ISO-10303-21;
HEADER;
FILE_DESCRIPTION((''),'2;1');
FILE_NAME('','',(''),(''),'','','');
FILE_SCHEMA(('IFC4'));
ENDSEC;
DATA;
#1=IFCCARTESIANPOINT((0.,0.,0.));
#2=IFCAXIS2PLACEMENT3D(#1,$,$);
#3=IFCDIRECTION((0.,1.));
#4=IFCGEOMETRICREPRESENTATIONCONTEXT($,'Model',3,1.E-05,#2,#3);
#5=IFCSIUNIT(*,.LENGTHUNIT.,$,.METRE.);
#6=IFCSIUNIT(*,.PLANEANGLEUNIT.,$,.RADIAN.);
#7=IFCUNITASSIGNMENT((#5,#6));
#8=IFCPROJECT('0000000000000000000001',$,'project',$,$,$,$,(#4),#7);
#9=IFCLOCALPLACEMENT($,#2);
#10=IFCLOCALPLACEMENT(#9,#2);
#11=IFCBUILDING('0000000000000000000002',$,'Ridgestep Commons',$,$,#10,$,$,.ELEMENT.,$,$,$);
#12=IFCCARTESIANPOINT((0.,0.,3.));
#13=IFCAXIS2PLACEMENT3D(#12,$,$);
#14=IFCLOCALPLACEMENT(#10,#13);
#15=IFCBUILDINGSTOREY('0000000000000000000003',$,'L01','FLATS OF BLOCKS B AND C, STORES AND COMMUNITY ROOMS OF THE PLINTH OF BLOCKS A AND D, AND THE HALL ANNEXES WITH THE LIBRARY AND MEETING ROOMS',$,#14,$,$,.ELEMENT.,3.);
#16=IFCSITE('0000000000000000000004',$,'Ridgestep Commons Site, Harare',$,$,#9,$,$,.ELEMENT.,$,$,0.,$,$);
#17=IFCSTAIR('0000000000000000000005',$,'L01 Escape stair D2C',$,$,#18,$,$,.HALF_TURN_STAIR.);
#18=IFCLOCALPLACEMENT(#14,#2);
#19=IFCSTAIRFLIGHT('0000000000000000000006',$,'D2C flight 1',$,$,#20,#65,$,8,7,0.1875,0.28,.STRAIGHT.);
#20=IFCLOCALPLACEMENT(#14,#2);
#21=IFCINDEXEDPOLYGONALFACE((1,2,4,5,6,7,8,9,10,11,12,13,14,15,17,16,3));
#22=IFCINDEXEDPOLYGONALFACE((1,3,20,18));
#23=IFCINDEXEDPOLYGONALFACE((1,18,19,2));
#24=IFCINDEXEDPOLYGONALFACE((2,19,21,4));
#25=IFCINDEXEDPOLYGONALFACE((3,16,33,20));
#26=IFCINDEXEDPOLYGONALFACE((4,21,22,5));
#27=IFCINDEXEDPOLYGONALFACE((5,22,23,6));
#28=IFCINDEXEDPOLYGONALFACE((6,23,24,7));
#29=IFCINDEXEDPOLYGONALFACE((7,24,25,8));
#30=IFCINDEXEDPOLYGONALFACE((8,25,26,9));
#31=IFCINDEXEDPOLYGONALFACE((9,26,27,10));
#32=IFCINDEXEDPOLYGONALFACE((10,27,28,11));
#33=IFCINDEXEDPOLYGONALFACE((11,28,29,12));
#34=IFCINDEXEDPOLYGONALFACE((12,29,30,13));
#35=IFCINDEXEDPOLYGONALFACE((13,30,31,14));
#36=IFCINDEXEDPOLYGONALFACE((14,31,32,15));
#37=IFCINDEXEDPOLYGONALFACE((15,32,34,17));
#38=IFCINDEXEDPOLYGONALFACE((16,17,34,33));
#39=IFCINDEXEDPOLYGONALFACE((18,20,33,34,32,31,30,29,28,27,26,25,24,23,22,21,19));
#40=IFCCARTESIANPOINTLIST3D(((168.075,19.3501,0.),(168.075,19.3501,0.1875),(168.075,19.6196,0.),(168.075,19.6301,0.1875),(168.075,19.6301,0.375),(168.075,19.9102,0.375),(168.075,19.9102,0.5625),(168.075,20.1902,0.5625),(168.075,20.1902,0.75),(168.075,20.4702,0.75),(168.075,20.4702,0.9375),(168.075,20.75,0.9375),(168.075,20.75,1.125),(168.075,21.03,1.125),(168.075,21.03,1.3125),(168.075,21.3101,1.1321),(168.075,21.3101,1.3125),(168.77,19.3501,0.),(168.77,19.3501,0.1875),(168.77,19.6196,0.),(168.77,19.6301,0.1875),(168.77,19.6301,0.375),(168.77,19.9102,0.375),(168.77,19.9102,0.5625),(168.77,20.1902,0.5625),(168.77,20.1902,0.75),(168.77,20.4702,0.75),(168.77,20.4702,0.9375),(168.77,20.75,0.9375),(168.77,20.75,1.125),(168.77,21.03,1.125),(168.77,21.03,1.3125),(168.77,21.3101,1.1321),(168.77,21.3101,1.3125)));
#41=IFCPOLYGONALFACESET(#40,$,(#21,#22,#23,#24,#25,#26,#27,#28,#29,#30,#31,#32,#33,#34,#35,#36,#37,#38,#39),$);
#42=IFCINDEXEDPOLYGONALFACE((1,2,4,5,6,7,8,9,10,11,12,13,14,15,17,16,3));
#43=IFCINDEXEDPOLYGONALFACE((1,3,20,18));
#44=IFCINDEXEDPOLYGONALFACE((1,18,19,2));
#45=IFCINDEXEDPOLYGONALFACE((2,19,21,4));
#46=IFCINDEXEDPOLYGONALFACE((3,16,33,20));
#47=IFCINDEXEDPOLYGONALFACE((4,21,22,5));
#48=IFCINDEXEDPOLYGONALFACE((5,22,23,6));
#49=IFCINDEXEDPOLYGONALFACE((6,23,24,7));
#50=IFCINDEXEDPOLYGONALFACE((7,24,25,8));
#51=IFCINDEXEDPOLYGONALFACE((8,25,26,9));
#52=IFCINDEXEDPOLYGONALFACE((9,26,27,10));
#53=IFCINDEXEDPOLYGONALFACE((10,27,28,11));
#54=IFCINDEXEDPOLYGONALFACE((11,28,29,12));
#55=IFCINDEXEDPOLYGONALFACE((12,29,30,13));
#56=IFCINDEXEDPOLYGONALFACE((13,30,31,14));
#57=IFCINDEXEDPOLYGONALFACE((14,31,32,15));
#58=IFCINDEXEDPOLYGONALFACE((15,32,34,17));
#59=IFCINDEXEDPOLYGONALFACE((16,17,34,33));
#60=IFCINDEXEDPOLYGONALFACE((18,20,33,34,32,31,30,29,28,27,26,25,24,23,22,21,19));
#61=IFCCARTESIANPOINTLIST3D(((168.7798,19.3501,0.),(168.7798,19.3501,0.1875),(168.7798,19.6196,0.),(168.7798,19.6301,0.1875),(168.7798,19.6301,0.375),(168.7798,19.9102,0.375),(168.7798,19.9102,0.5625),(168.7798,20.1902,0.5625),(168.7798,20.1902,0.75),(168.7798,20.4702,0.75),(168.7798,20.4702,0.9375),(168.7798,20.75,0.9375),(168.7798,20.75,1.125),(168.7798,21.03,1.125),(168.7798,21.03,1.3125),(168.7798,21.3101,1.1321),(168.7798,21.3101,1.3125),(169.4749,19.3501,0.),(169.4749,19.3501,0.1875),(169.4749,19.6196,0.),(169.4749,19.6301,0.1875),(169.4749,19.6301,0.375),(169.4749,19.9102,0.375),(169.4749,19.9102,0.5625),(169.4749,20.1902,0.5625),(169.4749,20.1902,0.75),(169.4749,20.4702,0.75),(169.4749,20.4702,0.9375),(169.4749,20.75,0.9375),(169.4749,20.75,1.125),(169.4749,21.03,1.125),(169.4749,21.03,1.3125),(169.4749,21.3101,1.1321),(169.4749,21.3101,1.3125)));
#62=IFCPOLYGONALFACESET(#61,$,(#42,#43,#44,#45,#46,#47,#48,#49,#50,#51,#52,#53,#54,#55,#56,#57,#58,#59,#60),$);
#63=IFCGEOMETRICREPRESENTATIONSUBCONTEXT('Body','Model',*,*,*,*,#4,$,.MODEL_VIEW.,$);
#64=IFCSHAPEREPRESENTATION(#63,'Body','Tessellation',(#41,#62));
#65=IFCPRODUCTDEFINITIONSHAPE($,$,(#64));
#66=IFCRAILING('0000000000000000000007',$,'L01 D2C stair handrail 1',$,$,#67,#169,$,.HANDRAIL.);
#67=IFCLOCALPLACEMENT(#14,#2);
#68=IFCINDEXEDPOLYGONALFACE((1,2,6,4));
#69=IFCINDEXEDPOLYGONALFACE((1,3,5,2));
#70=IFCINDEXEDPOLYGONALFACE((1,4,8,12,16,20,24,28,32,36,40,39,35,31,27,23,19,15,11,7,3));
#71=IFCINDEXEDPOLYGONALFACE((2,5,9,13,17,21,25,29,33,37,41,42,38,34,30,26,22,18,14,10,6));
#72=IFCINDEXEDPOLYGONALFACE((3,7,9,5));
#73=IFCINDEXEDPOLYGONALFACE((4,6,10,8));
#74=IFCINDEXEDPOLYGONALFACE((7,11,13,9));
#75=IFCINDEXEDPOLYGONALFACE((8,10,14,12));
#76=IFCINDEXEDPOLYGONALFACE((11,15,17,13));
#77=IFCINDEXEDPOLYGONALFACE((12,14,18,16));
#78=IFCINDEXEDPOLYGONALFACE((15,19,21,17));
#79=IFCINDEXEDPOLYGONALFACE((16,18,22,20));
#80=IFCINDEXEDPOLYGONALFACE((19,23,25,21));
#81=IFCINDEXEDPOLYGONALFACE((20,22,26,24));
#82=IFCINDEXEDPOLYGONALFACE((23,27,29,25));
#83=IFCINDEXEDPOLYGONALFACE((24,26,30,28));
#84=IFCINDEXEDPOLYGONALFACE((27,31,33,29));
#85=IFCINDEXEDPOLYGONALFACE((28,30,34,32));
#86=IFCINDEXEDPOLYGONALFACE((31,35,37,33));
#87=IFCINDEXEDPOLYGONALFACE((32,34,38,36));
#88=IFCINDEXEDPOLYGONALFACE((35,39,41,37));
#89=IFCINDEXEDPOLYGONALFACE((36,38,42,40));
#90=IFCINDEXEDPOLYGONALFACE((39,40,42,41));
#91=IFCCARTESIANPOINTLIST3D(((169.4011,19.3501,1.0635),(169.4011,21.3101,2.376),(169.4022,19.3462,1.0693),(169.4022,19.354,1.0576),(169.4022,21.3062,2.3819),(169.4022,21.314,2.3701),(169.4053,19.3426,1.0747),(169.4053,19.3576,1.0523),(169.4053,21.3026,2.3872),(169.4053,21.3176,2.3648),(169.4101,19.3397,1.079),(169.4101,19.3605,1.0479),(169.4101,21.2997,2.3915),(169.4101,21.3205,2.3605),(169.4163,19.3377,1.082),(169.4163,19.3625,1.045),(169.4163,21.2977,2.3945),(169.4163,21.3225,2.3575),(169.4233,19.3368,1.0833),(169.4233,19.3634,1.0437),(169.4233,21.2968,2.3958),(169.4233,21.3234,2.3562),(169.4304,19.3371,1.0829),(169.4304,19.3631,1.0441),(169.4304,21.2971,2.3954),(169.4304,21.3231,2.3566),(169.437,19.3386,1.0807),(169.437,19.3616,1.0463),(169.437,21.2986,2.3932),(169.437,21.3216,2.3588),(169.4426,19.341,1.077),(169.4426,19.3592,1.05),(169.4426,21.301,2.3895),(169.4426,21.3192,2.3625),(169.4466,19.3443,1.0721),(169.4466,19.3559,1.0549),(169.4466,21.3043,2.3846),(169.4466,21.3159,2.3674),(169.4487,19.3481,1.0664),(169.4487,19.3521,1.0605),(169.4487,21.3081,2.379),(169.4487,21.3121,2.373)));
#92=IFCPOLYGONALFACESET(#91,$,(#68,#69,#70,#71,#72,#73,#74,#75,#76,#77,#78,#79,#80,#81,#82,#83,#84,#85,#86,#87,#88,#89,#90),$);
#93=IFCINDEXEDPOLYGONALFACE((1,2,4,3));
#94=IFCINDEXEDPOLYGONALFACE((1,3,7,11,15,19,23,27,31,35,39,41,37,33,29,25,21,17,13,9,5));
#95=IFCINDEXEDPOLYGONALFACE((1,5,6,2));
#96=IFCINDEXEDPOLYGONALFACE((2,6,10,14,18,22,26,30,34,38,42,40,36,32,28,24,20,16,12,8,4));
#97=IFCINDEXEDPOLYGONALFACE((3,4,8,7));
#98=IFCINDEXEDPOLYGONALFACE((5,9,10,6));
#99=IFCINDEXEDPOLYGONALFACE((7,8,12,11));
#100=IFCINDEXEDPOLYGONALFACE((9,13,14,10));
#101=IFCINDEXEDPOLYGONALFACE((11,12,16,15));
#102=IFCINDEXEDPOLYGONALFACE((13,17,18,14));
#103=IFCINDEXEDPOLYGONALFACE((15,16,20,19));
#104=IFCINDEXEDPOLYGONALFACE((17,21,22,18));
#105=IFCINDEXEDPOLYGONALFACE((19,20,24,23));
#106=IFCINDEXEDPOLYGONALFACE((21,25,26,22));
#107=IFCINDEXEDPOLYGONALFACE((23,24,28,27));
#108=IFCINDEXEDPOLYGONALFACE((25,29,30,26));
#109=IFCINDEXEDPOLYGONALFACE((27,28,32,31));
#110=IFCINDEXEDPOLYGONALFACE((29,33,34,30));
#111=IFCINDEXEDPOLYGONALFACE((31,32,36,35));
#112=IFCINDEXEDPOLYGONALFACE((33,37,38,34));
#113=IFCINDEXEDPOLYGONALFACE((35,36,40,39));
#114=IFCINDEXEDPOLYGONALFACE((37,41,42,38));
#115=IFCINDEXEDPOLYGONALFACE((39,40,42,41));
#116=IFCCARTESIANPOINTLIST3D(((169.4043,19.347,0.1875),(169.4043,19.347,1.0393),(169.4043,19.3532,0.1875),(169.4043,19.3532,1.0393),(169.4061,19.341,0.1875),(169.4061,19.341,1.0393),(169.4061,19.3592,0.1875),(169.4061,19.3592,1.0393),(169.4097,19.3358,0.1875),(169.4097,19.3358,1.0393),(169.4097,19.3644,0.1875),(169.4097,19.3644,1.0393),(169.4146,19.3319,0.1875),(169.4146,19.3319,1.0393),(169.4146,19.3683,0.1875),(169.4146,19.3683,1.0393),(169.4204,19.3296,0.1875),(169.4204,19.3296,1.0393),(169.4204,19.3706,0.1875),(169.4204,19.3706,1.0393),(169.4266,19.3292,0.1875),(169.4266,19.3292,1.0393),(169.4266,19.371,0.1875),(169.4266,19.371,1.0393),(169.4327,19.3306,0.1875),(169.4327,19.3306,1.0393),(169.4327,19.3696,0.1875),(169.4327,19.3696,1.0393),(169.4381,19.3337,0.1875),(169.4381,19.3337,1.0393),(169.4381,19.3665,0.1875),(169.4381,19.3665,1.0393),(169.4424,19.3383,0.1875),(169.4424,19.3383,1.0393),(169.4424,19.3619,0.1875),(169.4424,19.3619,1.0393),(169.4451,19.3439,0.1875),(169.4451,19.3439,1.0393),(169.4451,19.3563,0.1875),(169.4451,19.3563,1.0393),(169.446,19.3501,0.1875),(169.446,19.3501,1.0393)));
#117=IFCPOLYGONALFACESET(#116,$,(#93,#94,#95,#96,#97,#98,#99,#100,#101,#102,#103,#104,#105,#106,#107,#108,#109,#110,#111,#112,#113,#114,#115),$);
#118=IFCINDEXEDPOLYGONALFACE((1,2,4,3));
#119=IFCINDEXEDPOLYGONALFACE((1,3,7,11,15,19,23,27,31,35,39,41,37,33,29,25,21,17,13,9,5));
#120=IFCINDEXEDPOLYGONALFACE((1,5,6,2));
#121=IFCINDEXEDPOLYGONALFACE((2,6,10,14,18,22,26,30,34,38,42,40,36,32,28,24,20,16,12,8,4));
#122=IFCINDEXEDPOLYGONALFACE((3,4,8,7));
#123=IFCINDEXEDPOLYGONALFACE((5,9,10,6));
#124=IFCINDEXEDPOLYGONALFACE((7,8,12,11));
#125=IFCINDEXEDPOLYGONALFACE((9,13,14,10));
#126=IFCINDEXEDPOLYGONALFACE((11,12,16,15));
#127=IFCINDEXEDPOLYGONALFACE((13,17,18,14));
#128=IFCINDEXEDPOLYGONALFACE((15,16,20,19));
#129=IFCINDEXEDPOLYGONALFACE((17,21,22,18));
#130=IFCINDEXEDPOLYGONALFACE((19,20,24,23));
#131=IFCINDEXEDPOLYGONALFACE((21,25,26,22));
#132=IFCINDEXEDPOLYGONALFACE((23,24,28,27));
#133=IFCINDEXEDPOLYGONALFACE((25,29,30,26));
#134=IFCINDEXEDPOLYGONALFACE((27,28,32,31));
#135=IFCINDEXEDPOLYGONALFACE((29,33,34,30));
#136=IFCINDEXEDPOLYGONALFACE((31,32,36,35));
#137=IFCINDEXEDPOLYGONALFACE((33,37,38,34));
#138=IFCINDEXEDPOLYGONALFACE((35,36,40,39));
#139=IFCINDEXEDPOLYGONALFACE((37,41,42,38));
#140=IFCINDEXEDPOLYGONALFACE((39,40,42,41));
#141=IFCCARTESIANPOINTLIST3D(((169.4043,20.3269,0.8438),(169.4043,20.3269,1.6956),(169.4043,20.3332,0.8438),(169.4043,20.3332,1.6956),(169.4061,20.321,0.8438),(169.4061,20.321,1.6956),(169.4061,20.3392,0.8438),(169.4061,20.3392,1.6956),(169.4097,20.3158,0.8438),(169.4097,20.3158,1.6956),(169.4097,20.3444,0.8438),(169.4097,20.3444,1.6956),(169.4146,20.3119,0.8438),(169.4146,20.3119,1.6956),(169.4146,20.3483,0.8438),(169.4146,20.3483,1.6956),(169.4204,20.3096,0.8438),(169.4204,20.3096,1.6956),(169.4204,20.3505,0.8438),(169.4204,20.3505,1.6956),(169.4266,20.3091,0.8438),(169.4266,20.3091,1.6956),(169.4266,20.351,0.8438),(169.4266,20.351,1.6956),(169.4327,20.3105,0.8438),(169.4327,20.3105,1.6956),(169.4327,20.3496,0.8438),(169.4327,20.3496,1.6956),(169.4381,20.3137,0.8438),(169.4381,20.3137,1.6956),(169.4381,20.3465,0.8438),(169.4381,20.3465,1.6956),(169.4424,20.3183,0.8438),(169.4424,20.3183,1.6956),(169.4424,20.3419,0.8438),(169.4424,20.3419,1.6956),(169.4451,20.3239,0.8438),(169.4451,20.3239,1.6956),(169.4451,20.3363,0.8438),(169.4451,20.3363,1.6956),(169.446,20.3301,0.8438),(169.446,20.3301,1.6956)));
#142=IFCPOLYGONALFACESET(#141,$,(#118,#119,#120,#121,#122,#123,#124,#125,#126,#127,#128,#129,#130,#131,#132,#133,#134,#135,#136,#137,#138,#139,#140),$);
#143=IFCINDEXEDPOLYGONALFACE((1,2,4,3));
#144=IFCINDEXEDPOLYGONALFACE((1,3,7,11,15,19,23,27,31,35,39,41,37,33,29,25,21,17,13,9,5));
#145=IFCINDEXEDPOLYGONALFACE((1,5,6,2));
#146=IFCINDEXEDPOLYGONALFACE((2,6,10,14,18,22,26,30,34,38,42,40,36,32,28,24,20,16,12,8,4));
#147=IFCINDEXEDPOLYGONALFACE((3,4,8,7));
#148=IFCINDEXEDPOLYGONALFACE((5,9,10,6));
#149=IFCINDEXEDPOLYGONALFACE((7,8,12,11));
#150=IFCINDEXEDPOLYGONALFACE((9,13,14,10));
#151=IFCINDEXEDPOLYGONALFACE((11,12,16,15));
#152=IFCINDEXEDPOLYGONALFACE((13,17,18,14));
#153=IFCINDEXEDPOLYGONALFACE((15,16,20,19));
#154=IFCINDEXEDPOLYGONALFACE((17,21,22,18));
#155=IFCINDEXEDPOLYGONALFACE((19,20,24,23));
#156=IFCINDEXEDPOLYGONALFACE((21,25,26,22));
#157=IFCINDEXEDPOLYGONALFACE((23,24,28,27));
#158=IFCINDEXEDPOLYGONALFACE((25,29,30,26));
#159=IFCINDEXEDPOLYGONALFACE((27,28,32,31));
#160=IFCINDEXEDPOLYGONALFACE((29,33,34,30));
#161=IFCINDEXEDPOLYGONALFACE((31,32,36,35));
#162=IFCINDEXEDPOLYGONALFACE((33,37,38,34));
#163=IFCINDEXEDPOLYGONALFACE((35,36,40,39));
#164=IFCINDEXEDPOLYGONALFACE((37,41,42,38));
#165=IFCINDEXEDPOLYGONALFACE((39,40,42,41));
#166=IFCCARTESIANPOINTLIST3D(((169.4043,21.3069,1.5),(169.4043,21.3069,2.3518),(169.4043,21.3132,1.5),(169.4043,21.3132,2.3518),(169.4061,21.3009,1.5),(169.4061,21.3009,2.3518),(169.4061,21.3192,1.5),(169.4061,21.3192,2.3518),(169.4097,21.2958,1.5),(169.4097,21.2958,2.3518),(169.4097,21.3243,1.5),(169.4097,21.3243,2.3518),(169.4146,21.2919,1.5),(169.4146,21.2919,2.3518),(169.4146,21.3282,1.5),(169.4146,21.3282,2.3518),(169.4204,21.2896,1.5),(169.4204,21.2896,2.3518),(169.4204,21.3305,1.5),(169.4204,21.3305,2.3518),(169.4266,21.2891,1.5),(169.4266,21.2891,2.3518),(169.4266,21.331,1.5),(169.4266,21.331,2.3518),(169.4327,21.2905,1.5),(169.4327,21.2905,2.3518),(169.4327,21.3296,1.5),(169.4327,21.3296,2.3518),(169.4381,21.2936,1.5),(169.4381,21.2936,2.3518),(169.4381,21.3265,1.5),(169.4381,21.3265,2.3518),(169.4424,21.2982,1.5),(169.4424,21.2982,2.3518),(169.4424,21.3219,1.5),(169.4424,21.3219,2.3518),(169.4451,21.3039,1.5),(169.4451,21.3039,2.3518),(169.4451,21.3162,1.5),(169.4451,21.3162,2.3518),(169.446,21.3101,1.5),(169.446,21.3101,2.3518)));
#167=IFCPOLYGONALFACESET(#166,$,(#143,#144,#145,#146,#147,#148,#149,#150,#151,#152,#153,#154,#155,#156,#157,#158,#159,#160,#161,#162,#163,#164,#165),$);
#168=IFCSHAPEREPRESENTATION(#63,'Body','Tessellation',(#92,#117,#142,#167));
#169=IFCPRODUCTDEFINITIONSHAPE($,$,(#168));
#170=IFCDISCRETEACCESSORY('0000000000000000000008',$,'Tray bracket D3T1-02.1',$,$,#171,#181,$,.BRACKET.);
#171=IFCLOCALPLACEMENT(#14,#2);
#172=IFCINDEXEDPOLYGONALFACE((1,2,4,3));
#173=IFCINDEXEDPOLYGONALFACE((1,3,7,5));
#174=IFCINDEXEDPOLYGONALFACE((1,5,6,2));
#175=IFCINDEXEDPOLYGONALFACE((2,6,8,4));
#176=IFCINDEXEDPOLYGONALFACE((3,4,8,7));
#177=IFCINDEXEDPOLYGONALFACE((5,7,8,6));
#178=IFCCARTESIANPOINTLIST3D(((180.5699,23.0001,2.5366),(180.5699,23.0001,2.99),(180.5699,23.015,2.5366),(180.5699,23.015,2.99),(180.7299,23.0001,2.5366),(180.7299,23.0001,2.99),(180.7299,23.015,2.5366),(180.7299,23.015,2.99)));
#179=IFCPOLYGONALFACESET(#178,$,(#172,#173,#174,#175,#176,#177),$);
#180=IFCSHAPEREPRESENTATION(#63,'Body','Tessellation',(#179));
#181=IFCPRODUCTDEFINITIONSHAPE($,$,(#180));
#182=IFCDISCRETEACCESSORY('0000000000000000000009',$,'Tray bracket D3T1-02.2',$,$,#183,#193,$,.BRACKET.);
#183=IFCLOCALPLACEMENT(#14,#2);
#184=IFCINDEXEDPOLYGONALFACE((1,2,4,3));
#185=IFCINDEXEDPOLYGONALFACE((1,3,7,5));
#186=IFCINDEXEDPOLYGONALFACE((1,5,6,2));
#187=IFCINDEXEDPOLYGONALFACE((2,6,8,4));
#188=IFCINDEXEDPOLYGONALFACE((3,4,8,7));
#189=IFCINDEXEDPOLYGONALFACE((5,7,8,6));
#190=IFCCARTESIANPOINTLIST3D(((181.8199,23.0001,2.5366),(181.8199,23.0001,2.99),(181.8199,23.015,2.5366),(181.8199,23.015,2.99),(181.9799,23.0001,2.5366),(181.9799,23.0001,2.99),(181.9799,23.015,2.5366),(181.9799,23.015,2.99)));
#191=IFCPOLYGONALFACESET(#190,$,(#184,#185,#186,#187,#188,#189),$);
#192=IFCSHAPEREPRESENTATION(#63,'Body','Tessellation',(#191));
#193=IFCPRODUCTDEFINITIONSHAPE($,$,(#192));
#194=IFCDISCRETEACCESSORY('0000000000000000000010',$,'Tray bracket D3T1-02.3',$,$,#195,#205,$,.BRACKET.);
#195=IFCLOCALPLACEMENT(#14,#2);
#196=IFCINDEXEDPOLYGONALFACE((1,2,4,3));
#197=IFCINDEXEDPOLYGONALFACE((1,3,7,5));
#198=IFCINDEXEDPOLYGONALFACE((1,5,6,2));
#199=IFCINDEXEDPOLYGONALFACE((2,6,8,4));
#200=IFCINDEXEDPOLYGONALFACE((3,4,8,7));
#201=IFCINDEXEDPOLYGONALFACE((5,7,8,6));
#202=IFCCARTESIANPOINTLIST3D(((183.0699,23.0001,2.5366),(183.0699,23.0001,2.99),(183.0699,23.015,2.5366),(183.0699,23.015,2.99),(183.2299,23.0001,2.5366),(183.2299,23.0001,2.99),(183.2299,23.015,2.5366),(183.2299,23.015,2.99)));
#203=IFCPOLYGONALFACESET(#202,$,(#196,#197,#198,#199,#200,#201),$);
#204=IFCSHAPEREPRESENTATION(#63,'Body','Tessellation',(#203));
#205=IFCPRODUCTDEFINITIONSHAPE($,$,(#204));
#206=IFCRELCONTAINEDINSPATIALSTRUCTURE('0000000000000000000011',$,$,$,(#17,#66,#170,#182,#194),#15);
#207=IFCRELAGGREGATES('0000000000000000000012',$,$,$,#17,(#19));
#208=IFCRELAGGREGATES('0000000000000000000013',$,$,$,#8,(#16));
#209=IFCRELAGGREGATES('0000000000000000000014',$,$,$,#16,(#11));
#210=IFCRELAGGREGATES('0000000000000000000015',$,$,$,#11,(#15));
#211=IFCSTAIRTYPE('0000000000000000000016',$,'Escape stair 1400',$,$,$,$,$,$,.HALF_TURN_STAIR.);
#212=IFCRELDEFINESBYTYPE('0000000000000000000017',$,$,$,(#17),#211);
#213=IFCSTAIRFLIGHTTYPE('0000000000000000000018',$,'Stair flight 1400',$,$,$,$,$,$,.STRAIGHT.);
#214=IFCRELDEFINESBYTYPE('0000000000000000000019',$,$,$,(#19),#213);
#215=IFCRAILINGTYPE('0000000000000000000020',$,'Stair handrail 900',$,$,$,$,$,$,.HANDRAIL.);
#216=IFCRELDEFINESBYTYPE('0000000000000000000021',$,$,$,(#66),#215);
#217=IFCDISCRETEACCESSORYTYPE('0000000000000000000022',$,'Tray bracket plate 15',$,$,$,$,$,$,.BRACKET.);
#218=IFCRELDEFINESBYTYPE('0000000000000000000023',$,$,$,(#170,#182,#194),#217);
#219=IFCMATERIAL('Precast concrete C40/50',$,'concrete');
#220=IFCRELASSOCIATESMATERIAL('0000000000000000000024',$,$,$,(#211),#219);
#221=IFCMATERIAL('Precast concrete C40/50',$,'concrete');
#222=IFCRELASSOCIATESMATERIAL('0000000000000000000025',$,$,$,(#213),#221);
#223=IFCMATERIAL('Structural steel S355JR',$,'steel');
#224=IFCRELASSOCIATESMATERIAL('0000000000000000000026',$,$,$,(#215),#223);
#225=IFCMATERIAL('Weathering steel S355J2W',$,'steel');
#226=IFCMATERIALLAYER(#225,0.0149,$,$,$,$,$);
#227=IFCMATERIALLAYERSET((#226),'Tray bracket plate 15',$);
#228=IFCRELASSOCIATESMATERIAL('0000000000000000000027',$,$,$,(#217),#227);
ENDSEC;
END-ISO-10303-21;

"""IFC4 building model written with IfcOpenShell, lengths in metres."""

from ifc_helpers import new_model, si_unit, direction, frame, origin, origin_2d, place, context, subcontext, project, spatial, polyline, rectangle, circle, outline, extrude, material, layer, layer_set, type_object, element, aggregate, save


model = new_model("IFC4")

# Units and contexts
model_context = context("Model", 3, precision=1e-05, world=origin(), true_north=direction((0.0, 1.0)))
body_context = subcontext(model_context, "Body", "Model", "MODEL_VIEW")
ifc_project = project(units=[si_unit("LENGTHUNIT", "METRE"), si_unit("PLANEANGLEUNIT", "RADIAN")], contexts=[model_context])

# Site, building, storey
site_placement = place(None, origin())
site = spatial("IfcSite", under=ifc_project, at=site_placement, Name="Ridgestep Commons Site, Harare", CompositionType="ELEMENT", RefElevation=0.0)
building_placement = place(site_placement, origin())
building = spatial("IfcBuilding", under=site, at=building_placement, Name="Ridgestep Commons", CompositionType="ELEMENT")
storey_placement = place(building_placement, frame((0.0, 0.0, 3.0)))
storey = spatial("IfcBuildingStorey", under=building, at=storey_placement, Name="L01", Description="FLATS OF BLOCKS B AND C, STORES AND COMMUNITY ROOMS OF THE PLINTH OF BLOCKS A AND D, AND THE HALL ANNEXES WITH THE LIBRARY AND MEETING ROOMS", CompositionType="ELEMENT", Elevation=3.0)

# Stair, stair flight
ifc_material_1 = material(Name="Precast concrete C40/50", Category="concrete")
stair_type = type_object("IfcStairType", Name="Escape stair 1400", PredefinedType="HALF_TURN_STAIR", material=ifc_material_1)
stair_placement = place(storey_placement, origin())
stair = element("IfcStair", 1, at=stair_placement, inside=storey, type_object=stair_type, Name="L01 Escape stair D2C", PredefinedType="HALF_TURN_STAIR")
ifc_material_2 = material(Name="Precast concrete C40/50", Category="concrete")
stair_flight_type = type_object("IfcStairFlightType", Name="Stair flight 1400", PredefinedType="STRAIGHT", material=ifc_material_2)
stair_flight_placement = place(storey_placement, frame((168.7749, 19.3501, 0.0), z_axis=(0.0, 0.0, 1.0), x_axis=(0.0, 1.0, 0.0)))
stair_flight = element("IfcStairFlight", 2, at=stair_flight_placement, type_object=stair_flight_type, Name="D2C flight 1", NumberOfRisers=8, NumberOfTreads=7, PredefinedType="STRAIGHT", RiserHeight=0.1875, TreadLength=0.28, context=body_context, shape_type="SweptSolid", body=[
    extrude(outline(polyline([(0.0, 0.0), (0.0, 0.1875), (0.28, 0.1875), (0.28, 0.375), (0.5601, 0.375), (0.5601, 0.5625), (0.8401, 0.5625), (0.8401, 0.75), (1.1201, 0.75), (1.1201, 0.9375), (1.3999, 0.9375), (1.3999, 1.125), (1.6799, 1.125), (1.6799, 1.3125), (1.96, 1.3125), (1.96, 1.5), (1.96, 1.1321), (0.2695, 0.0), (0.0, 0.0)])), frame((0.0, 0.7, 0.0), z_axis=(0.0, -1.0, 0.0), x_axis=(1.0, 0.0, 0.0)), (0.0, 0.0, 1.0), 0.6951),
    extrude(outline(polyline([(0.0, 0.0), (0.0, 0.1875), (0.28, 0.1875), (0.28, 0.375), (0.5601, 0.375), (0.5601, 0.5625), (0.8401, 0.5625), (0.8401, 0.75), (1.1201, 0.75), (1.1201, 0.9375), (1.3999, 0.9375), (1.3999, 1.125), (1.6799, 1.125), (1.6799, 1.3125), (1.96, 1.3125), (1.96, 1.5), (1.96, 1.1321), (0.2695, 0.0), (0.0, 0.0)])), frame((0.0, -0.0049, 0.0), z_axis=(0.0, -1.0, 0.0), x_axis=(1.0, 0.0, 0.0)), (0.0, 0.0, 1.0), 0.6951),
])
aggregate(stair, [stair_flight])

# Railing
ifc_material_3 = material(Name="Structural steel S355JR", Category="steel")
railing_type = type_object("IfcRailingType", Name="Stair handrail 900", PredefinedType="HANDRAIL", material=ifc_material_3)
railing_placement = place(storey_placement, frame((169.425, 19.3501, 0.1875)))
element("IfcRailing", 3, at=railing_placement, inside=storey, type_object=railing_type, Name="L01 D2C stair handrail 1", PredefinedType="HANDRAIL", context=body_context, shape_type="SweptSolid", body=[
    extrude(circle(Radius=0.0239, at=origin_2d()), frame((0.0, 0.0, 0.876), z_axis=(0.0, 0.830902, 0.556419), x_axis=(-1.0, 0.0, 0.0)), (0.0, 0.0, 1.0), 2.3589),
    extrude(circle(Radius=0.021, at=origin_2d()), origin(), (0.0, 0.0, 1.0), 0.8518),
    extrude(circle(Radius=0.021, at=origin_2d()), frame((0.0, 0.98, 0.6562)), (0.0, 0.0, 1.0), 0.8518),
    extrude(circle(Radius=0.021, at=origin_2d()), frame((0.0, 1.96, 1.3125)), (0.0, 0.0, 1.0), 0.8518),
])

# Discrete accessories
ifc_material_4 = material(Name="Weathering steel S355J2W", Category="steel")
ifc_layer_1 = layer(ifc_material_4, 0.0149)
ifc_layer_set_1 = layer_set([ifc_layer_1], Name="Tray bracket plate 15")
discrete_accessory_type_1 = type_object("IfcDiscreteAccessoryType", Name="Tray bracket plate 15", PredefinedType="BRACKET", material=ifc_layer_set_1)
for number, where, z_axis, x_axis, name in (
    (4, (180.6499, 23.0076, 2.5366), (0.0, 0.0, 1.0), (1.0, 0.0, 0.0), "Tray bracket D3T1-02.1"),
    (5, (181.8999, 23.0076, 2.5366), (0.0, 0.0, 1.0), (1.0, 0.0, 0.0), "Tray bracket D3T1-02.2"),
    (6, (183.1499, 23.0076, 2.5366), (0.0, 0.0, 1.0), (1.0, 0.0, 0.0), "Tray bracket D3T1-02.3"),
):
    element("IfcDiscreteAccessory", number, at=place(storey_placement, frame(where, z_axis=z_axis, x_axis=x_axis)), inside=storey, type_object=discrete_accessory_type_1, Name=name, PredefinedType="BRACKET", context=body_context, shape_type="SweptSolid", body=[
        extrude(rectangle(XDim=0.1599, YDim=0.0149, at=origin_2d()), origin(), (0.0, 0.0, 1.0), 0.4534),
    ])

save(model, "model.ifc")
